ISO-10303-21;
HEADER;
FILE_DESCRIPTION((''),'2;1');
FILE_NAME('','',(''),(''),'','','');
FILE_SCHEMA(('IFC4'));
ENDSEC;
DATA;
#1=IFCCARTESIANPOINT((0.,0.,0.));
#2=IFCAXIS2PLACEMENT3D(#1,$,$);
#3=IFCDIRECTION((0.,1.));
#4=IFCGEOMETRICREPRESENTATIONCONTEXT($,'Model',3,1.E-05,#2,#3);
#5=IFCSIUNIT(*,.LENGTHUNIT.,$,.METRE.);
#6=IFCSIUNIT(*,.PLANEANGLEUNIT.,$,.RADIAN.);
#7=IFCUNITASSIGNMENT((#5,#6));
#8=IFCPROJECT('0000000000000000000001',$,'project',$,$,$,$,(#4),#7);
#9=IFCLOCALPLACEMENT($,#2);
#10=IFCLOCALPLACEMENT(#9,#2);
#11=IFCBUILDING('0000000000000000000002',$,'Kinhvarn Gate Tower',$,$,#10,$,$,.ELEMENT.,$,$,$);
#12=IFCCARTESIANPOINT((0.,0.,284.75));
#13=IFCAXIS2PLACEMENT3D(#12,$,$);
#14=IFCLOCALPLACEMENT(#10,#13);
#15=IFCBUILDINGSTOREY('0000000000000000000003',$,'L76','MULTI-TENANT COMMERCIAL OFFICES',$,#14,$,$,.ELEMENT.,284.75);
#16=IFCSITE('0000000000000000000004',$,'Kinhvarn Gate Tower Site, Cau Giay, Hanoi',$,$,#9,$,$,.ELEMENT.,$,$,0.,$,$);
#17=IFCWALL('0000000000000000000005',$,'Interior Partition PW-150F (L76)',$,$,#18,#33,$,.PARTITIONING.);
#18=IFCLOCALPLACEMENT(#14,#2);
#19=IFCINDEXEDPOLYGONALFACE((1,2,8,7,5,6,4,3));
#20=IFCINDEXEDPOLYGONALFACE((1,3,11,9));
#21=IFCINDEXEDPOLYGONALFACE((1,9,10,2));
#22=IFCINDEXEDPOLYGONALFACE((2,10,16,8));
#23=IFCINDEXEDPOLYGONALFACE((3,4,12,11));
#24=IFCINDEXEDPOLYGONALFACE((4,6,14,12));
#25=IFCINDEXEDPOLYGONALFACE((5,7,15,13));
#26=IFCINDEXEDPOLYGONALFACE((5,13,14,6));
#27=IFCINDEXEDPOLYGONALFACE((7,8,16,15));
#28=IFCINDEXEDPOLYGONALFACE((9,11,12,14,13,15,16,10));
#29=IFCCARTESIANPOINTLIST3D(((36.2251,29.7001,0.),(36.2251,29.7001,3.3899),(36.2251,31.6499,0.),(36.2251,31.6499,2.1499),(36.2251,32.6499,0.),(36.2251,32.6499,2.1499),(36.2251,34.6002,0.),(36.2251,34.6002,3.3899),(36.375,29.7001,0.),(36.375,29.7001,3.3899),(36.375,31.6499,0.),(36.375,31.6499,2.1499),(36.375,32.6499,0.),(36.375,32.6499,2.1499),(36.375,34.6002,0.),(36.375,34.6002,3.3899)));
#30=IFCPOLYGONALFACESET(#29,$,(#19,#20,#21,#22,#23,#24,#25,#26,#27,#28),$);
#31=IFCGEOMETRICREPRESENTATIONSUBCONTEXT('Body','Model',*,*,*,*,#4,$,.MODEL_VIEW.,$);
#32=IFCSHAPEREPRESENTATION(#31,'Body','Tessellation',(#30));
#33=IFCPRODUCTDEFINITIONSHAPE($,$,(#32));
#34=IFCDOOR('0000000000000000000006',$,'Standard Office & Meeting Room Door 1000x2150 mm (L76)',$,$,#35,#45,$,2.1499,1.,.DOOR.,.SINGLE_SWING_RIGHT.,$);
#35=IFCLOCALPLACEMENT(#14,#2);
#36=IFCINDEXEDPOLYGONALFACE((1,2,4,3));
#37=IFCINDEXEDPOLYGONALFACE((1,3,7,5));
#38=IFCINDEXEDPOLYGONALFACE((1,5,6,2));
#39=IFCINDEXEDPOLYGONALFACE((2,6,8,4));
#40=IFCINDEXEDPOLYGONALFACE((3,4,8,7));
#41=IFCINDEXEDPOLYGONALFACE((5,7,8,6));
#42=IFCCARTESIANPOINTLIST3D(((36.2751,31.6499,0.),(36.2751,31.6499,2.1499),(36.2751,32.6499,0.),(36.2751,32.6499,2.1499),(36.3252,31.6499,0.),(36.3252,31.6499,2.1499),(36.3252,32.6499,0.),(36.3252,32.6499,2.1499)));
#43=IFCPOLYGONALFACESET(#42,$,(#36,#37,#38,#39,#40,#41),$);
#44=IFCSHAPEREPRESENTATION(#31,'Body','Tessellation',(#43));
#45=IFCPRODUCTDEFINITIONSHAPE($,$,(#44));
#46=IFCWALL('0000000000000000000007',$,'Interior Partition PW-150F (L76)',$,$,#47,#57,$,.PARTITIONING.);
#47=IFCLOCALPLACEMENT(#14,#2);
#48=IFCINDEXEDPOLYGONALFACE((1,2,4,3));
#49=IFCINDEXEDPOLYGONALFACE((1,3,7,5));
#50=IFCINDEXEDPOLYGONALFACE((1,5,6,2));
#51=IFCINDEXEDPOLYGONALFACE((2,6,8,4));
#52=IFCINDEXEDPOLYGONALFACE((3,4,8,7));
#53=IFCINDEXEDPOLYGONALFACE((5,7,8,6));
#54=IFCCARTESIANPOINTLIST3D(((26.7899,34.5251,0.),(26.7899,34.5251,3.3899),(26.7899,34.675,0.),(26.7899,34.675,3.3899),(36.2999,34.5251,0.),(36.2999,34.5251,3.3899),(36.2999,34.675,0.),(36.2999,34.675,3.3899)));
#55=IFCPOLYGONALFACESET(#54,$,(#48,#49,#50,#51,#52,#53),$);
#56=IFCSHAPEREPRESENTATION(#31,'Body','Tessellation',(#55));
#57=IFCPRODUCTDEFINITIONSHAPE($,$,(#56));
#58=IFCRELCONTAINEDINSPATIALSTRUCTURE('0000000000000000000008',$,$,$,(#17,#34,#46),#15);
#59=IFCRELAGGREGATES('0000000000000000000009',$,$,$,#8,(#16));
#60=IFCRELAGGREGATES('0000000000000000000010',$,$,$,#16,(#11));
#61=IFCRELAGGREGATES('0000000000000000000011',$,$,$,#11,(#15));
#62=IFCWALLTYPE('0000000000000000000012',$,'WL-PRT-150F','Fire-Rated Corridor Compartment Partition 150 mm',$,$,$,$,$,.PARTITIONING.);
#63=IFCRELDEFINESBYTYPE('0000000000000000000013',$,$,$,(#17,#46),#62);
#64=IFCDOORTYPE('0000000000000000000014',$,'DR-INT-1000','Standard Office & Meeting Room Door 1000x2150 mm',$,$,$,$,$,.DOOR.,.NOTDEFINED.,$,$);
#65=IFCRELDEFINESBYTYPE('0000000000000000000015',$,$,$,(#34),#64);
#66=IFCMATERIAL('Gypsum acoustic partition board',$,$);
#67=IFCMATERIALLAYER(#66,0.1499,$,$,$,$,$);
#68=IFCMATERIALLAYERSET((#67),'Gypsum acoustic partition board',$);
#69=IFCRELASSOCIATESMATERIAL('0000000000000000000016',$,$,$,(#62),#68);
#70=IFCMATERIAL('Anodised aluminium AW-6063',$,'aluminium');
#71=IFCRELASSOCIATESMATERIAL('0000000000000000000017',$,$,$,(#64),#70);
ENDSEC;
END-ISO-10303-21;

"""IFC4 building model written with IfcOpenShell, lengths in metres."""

from ifc_helpers import new_model, si_unit, direction, frame, frame_2d, origin, place, context, subcontext, project, spatial, rectangle, extrude, material, layer, layer_set, type_object, element, fill, save


model = new_model("IFC4")

# Units and contexts
model_context = context("Model", 3, precision=1e-05, world=origin(), true_north=direction((0.0, 1.0)))
body_context = subcontext(model_context, "Body", "Model", "MODEL_VIEW")
ifc_project = project(units=[si_unit("LENGTHUNIT", "METRE"), si_unit("PLANEANGLEUNIT", "RADIAN")], contexts=[model_context])

# Site, building, storey
site_placement = place(None, origin())
site = spatial("IfcSite", under=ifc_project, at=site_placement, Name="Kinhvarn Gate Tower Site, Cau Giay, Hanoi", CompositionType="ELEMENT", RefElevation=0.0)
building_placement = place(site_placement, origin())
building = spatial("IfcBuilding", under=site, at=building_placement, Name="Kinhvarn Gate Tower", CompositionType="ELEMENT")
storey_placement = place(building_placement, frame((0.0, 0.0, 284.75)))
storey = spatial("IfcBuildingStorey", under=building, at=storey_placement, Name="L76", Description="MULTI-TENANT COMMERCIAL OFFICES", CompositionType="ELEMENT", Elevation=284.75)

# Shared definitions
ifc_material_1 = material(Name="Gypsum acoustic partition board")
ifc_layer_1 = layer(ifc_material_1, 0.1499)
ifc_layer_set_1 = layer_set([ifc_layer_1], Name="Gypsum acoustic partition board")
wall_type_1 = type_object("IfcWallType", Name="WL-PRT-150F", Description="Fire-Rated Corridor Compartment Partition 150 mm", PredefinedType="PARTITIONING", material=ifc_layer_set_1)

# Wall, opening, door
wall_1_placement = place(storey_placement, frame((36.3, 29.7, 0.0), z_axis=(0.0, 0.0, 1.0), x_axis=(0.0, 1.0, 0.0)))
wall_1 = element("IfcWall", 1, at=wall_1_placement, inside=storey, type_object=wall_type_1, Name="Interior Partition PW-150F (L76)", PredefinedType="PARTITIONING", context=body_context, shape_type="SweptSolid", body=[
    extrude(rectangle(XDim=4.9001, YDim=0.1499, at=frame_2d((2.4502, 0.0))), origin(), (0.0, 0.0, 1.0), 3.3899),
])
opening_1_placement = place(wall_1_placement, frame((1.95, 0.0, 0.0)))
opening_1 = element("IfcOpeningElement", 2, at=opening_1_placement, cuts=wall_1, PredefinedType="OPENING", context=body_context, shape_type="SweptSolid", body=[
    extrude(rectangle(XDim=1.0, YDim=2.1499, at=frame_2d((0.5, 1.075))), frame((0.0, 0.085, 0.0), z_axis=(0.0, -1.0, 0.0), x_axis=(1.0, 0.0, 0.0)), (0.0, 0.0, 1.0), 0.1699),
])
ifc_material_2 = material(Name="Anodised aluminium AW-6063", Category="aluminium")
door_type = type_object("IfcDoorType", Name="DR-INT-1000", Description="Standard Office & Meeting Room Door 1000x2150 mm", OperationType="NOTDEFINED", PredefinedType="DOOR", material=ifc_material_2)
door_1_placement = place(opening_1_placement, origin())
door_1 = element("IfcDoor", 3, at=door_1_placement, inside=storey, type_object=door_type, Name="Standard Office & Meeting Room Door 1000x2150 mm (L76)", OperationType="SINGLE_SWING_RIGHT", OverallHeight=2.1499, OverallWidth=1.0, PredefinedType="DOOR", context=body_context, shape_type="SweptSolid", body=[
    extrude(rectangle(XDim=1.0, YDim=2.1499, at=frame_2d((0.5, 1.075))), frame((0.0, 0.0249, 0.0), z_axis=(0.0, -1.0, 0.0), x_axis=(1.0, 0.0, 0.0)), (0.0, 0.0, 1.0), 0.05),
])
fill(opening_1, door_1)

# Wall
wall_2_placement = place(storey_placement, frame((26.79, 34.6001, 0.0), z_axis=(0.0, 0.0, 1.0), x_axis=(1.0, 0.0, 0.0)))
element("IfcWall", 4, at=wall_2_placement, inside=storey, type_object=wall_type_1, Name="Interior Partition PW-150F (L76)", PredefinedType="PARTITIONING", context=body_context, shape_type="SweptSolid", body=[
    extrude(rectangle(XDim=9.51, YDim=0.1499, at=frame_2d((4.7549, 0.0))), origin(), (0.0, 0.0, 1.0), 3.3899),
])

save(model, "model.ifc")
